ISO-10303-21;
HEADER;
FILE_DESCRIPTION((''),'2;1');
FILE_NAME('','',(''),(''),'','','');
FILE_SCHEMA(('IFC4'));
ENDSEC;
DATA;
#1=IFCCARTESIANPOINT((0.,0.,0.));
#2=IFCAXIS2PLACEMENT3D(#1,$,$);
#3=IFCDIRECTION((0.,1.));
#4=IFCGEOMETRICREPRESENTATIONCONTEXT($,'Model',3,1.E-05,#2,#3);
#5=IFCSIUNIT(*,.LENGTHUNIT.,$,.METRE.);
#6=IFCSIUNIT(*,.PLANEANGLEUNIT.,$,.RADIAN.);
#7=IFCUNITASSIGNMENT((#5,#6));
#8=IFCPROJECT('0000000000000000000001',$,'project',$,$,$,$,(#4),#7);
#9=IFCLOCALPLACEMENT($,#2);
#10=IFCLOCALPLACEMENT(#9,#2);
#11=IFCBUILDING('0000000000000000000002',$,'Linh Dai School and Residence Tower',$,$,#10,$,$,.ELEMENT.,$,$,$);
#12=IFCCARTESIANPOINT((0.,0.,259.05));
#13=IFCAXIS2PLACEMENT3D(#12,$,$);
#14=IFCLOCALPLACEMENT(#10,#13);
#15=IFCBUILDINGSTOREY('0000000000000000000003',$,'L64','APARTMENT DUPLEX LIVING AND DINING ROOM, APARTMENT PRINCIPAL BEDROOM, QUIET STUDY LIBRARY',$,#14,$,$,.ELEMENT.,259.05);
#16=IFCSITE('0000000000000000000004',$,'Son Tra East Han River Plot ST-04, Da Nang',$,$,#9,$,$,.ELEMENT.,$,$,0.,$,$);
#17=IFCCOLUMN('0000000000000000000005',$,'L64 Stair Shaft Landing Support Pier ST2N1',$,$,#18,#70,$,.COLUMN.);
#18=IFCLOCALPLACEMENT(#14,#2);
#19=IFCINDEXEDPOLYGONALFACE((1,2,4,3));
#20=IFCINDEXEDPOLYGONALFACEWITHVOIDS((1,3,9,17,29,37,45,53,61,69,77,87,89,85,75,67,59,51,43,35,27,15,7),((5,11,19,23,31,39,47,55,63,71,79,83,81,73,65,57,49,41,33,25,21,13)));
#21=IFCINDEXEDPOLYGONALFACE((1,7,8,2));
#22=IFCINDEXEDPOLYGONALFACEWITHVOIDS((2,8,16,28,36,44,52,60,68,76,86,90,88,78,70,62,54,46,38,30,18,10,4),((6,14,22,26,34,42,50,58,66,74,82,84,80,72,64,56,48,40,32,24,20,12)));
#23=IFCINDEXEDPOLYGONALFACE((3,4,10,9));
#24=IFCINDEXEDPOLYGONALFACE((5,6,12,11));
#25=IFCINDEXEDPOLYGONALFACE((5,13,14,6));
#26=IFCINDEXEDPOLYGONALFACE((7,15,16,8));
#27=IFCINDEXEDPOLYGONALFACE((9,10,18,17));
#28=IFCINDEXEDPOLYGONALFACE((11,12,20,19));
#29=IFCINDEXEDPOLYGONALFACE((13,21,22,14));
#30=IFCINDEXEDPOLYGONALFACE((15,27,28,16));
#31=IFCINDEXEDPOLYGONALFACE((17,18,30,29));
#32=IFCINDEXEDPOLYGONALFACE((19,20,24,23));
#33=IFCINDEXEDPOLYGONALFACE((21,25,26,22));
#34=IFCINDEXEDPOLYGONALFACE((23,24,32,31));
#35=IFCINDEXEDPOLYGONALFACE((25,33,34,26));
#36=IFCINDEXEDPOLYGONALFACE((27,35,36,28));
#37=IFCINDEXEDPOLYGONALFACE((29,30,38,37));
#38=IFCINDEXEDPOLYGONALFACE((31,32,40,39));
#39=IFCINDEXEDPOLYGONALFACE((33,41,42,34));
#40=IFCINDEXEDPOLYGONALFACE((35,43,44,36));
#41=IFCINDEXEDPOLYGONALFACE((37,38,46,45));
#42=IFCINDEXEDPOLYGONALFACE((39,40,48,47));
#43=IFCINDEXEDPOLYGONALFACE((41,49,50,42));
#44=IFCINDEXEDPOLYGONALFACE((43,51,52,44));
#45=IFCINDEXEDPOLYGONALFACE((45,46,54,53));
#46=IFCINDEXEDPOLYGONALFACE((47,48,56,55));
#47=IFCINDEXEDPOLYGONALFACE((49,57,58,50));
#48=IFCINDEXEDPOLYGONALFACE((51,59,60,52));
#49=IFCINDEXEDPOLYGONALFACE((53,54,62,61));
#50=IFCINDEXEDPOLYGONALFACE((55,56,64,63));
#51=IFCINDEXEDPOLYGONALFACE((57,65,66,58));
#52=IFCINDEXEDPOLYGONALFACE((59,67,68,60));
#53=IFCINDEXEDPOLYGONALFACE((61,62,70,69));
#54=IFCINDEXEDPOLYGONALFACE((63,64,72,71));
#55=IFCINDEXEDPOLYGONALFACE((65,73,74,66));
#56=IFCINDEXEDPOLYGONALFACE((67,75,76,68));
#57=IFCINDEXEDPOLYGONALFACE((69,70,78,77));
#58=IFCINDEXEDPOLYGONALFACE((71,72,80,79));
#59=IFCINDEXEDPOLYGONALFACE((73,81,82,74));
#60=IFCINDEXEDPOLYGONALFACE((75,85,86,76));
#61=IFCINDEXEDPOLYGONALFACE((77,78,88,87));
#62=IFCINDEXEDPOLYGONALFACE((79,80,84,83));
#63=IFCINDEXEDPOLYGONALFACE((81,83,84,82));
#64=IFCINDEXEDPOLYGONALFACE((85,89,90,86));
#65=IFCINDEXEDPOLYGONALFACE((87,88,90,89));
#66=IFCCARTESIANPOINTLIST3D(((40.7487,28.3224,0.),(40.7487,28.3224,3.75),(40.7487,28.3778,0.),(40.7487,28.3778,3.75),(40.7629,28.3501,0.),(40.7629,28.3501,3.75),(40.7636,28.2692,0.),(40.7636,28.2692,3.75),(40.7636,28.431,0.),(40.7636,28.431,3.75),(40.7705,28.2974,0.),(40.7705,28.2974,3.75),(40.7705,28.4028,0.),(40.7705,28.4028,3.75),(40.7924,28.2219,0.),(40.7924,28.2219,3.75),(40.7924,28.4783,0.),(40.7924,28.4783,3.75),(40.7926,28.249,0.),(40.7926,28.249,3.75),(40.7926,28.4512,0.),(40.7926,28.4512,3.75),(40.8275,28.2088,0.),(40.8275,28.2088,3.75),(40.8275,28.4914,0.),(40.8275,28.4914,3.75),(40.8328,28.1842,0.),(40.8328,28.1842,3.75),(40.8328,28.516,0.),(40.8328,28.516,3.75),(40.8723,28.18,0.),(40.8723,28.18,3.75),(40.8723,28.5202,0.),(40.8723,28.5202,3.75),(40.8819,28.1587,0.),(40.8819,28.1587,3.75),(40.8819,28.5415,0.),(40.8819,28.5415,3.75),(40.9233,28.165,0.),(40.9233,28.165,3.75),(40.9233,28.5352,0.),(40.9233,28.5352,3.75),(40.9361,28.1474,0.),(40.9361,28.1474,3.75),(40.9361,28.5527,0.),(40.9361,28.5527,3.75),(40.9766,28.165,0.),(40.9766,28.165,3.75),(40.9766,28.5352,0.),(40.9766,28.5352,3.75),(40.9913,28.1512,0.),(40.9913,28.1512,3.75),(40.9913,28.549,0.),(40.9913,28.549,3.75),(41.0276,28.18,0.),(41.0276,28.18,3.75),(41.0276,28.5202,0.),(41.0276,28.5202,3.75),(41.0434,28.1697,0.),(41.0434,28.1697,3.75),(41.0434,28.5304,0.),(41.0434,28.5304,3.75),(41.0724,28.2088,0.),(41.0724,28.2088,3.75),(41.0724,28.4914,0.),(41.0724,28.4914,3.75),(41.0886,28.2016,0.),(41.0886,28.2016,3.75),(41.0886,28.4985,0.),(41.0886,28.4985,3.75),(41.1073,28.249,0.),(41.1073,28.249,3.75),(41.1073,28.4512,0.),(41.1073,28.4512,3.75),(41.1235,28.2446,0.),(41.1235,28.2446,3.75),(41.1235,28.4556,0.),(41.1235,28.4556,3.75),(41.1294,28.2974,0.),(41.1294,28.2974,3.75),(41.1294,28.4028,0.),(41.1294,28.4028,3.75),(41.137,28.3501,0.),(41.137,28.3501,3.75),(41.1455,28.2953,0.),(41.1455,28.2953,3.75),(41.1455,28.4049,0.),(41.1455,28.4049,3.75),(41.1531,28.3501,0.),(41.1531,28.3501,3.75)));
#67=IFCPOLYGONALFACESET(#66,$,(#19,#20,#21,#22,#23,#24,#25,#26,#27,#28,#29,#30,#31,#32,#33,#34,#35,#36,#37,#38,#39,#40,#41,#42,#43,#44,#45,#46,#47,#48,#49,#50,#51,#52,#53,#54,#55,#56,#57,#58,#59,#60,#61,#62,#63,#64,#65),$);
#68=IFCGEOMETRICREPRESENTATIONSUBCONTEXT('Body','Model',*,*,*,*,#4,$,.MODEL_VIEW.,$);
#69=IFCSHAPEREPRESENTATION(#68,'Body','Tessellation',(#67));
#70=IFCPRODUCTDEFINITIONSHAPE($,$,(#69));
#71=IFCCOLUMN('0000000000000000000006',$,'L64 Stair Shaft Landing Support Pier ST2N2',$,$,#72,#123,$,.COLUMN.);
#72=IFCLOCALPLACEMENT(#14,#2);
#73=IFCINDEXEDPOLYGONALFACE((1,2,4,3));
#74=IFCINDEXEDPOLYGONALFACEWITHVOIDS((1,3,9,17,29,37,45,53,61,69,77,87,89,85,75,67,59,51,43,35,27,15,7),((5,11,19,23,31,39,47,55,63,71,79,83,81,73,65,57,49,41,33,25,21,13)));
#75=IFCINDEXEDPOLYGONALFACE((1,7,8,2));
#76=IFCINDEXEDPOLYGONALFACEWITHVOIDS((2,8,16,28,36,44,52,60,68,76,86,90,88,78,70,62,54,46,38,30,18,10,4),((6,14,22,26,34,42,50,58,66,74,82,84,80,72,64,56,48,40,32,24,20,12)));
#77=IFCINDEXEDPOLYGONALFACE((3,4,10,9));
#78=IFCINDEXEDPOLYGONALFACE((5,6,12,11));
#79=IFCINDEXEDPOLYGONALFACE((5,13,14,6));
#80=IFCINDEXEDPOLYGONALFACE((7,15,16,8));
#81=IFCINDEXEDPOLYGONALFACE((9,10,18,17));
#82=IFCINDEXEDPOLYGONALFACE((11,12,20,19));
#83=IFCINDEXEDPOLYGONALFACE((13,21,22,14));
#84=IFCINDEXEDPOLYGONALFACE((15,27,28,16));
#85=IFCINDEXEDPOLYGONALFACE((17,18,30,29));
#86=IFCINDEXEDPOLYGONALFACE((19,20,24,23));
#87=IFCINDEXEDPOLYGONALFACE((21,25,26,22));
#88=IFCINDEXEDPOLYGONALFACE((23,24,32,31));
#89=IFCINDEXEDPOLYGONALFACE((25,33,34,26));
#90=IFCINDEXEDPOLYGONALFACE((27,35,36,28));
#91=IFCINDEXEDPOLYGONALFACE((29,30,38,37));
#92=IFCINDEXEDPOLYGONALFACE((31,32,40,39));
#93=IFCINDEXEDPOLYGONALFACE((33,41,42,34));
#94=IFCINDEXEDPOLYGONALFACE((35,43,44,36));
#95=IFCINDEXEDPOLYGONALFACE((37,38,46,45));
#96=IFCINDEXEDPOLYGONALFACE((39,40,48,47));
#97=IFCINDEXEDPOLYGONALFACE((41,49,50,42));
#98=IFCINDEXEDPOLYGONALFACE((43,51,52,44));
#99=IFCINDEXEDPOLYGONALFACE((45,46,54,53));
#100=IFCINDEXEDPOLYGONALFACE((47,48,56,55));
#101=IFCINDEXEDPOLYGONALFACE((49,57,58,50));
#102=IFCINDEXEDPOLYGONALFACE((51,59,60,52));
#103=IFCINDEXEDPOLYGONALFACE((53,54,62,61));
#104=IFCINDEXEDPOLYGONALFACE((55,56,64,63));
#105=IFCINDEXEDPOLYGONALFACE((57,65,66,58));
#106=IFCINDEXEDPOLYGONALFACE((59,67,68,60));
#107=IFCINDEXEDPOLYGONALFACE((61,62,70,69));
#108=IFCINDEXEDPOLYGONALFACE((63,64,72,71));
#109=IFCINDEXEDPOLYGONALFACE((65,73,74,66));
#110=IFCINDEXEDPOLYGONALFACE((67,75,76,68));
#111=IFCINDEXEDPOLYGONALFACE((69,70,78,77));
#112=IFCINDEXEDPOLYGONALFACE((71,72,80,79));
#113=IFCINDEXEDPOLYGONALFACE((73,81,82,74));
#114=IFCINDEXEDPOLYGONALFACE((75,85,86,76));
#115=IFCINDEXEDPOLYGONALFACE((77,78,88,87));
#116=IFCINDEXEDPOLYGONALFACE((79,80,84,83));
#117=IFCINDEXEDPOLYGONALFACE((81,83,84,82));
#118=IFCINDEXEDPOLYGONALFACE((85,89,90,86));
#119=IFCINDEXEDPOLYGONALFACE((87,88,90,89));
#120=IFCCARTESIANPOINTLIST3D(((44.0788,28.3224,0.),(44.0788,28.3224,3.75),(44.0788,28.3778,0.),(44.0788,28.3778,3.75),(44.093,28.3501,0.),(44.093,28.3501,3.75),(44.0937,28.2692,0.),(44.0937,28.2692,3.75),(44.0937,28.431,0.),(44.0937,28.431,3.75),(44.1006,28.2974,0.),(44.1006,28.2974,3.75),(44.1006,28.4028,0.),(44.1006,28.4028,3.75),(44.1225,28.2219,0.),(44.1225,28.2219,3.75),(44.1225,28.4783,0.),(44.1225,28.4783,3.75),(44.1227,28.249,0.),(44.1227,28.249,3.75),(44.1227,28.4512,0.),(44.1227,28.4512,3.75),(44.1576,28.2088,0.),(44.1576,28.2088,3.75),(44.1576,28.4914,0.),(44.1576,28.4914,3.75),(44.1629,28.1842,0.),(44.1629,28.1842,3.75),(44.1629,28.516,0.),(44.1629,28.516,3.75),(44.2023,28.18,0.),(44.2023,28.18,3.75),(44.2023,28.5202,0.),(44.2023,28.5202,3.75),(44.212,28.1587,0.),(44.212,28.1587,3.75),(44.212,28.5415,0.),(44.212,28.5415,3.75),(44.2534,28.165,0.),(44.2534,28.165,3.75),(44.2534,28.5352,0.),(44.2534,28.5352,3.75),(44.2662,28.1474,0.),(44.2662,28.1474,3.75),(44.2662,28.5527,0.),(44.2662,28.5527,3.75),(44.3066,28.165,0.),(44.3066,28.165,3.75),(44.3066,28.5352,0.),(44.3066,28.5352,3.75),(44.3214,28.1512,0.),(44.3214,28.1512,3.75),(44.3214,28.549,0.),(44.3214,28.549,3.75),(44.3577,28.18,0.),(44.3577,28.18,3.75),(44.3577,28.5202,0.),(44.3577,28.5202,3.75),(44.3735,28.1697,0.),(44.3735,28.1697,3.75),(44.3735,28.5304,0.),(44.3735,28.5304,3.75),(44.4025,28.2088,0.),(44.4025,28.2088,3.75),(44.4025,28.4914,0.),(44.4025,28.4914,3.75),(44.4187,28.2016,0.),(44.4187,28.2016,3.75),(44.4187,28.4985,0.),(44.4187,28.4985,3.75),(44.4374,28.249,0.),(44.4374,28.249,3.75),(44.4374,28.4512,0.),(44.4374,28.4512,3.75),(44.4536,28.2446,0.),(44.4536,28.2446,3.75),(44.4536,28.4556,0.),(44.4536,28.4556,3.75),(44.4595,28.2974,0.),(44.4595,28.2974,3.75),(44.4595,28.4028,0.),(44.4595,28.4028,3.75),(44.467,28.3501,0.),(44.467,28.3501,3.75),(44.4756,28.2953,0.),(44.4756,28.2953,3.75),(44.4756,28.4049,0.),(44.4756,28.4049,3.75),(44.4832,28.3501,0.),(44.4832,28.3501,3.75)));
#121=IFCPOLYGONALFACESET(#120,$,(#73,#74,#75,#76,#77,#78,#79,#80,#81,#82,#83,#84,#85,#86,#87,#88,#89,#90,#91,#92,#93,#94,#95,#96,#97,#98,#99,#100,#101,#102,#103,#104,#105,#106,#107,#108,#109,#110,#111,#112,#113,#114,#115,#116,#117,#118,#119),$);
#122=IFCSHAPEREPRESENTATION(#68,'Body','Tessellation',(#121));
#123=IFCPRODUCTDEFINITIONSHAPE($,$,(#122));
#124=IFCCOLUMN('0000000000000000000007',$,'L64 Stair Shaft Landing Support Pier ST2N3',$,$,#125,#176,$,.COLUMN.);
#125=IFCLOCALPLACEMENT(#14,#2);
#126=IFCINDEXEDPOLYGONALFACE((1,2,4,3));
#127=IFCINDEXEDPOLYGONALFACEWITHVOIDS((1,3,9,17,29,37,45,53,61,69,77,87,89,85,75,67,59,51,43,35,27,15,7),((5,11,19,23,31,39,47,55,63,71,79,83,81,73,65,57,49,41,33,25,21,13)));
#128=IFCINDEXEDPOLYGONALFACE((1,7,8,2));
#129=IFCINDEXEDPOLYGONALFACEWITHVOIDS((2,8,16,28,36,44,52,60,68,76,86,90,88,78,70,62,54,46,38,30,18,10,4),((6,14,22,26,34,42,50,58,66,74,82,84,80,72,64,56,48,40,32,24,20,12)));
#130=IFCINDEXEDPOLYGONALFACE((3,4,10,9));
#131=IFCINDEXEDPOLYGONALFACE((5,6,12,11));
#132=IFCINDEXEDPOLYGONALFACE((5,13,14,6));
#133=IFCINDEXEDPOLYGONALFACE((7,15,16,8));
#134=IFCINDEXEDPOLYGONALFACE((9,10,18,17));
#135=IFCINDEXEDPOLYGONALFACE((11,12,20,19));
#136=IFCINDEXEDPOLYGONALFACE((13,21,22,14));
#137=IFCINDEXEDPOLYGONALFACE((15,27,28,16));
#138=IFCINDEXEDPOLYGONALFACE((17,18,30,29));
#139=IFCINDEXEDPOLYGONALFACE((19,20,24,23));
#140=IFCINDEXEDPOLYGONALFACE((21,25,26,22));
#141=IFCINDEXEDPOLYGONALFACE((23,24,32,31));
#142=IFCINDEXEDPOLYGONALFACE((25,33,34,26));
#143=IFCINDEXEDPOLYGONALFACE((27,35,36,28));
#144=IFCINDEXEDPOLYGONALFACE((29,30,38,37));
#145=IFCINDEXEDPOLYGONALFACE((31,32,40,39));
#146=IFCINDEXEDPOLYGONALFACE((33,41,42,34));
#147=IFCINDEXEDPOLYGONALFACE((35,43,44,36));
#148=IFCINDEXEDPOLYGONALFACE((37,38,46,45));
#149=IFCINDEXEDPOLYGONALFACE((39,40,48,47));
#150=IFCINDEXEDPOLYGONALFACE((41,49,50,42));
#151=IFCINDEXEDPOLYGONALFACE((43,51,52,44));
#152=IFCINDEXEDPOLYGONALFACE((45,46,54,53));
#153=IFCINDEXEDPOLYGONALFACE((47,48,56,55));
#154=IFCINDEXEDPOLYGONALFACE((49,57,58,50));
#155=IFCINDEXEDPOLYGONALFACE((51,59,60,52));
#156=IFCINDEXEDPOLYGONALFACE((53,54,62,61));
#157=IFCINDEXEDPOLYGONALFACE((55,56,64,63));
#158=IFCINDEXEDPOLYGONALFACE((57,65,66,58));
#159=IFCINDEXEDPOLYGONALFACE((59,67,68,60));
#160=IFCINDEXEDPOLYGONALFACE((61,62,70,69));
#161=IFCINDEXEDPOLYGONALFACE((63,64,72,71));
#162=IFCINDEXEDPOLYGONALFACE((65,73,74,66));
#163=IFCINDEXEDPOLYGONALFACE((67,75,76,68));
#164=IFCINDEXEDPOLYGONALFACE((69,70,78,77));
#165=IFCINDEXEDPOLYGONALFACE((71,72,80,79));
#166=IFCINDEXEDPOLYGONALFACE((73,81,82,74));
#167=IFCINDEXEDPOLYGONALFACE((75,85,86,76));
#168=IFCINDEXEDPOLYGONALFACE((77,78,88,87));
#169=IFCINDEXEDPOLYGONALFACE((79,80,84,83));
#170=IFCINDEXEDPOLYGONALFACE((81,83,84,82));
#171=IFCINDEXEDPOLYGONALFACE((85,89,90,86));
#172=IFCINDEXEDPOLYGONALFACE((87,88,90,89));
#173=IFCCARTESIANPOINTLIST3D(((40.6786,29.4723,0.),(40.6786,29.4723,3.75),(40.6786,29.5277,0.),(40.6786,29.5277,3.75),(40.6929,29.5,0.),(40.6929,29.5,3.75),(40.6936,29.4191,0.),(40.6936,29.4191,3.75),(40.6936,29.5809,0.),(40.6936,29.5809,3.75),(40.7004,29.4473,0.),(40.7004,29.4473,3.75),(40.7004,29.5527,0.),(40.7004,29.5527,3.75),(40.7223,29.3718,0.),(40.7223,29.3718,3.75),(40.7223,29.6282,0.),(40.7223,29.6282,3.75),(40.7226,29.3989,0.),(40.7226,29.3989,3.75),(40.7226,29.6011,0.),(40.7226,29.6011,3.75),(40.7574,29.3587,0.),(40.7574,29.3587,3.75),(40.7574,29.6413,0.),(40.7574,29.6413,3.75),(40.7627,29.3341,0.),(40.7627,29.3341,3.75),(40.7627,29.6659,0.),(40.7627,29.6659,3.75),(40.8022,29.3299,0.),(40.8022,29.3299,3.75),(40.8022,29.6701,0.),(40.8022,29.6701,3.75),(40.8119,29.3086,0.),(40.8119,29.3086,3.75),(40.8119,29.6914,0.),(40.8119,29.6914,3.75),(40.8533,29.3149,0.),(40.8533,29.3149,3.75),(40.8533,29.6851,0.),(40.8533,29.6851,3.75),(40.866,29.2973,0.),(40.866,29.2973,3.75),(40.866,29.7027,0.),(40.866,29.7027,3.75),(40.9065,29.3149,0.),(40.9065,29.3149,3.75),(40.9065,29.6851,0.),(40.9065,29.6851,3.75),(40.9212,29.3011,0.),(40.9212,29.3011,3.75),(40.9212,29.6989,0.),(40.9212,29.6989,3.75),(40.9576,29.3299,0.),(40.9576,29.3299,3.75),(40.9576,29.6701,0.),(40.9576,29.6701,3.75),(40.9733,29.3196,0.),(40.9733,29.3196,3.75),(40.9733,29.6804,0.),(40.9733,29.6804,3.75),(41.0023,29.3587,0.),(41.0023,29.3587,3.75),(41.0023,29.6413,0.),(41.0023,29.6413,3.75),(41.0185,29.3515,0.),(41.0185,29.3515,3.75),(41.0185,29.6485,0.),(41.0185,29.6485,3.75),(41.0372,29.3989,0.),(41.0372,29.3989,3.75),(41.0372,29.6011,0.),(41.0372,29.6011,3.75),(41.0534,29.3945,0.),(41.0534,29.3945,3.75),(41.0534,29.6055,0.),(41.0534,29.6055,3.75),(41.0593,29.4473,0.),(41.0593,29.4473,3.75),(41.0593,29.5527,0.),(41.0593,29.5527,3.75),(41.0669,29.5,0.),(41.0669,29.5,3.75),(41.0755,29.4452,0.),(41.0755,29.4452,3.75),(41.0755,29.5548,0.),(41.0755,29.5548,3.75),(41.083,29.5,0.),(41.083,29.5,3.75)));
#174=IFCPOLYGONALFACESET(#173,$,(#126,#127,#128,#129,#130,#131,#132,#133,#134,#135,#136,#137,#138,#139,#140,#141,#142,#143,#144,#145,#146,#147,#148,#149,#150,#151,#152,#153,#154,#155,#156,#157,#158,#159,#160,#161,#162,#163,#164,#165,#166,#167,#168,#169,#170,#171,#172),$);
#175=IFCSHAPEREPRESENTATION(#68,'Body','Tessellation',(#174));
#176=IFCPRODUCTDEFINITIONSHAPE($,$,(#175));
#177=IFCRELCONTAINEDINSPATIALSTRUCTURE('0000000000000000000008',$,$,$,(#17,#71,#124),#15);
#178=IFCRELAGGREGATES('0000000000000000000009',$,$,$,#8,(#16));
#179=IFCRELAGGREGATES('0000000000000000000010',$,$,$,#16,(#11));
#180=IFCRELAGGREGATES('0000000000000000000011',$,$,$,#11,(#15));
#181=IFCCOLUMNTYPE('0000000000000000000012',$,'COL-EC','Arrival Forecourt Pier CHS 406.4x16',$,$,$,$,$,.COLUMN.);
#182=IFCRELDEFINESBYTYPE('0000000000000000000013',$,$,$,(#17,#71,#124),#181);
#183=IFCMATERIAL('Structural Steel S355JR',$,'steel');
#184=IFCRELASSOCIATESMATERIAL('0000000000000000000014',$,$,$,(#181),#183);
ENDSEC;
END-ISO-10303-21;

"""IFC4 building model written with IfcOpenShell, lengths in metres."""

from ifc_helpers import new_model, si_unit, direction, frame, origin, origin_2d, place, context, subcontext, project, spatial, hollow_circle, extrude, material, material_profile, profile_set, type_object, element, save


model = new_model("IFC4")

# Units and contexts
model_context = context("Model", 3, precision=1e-05, world=origin(), true_north=direction((0.0, 1.0)))
body_context = subcontext(model_context, "Body", "Model", "MODEL_VIEW")
ifc_project = project(units=[si_unit("LENGTHUNIT", "METRE"), si_unit("PLANEANGLEUNIT", "RADIAN")], contexts=[model_context])

# Site, building, storey
site_placement = place(None, origin())
site = spatial("IfcSite", under=ifc_project, at=site_placement, Name="Son Tra East Han River Plot ST-04, Da Nang", CompositionType="ELEMENT", RefElevation=0.0)
building_placement = place(site_placement, origin())
building = spatial("IfcBuilding", under=site, at=building_placement, Name="Linh Dai School and Residence Tower", CompositionType="ELEMENT")
storey_placement = place(building_placement, frame((0.0, 0.0, 259.05)))
storey = spatial("IfcBuildingStorey", under=building, at=storey_placement, Name="L64", Description="APARTMENT DUPLEX LIVING AND DINING ROOM, APARTMENT PRINCIPAL BEDROOM, QUIET STUDY LIBRARY", CompositionType="ELEMENT", Elevation=259.05)

# Columns
ifc_material_1 = material(Name="Structural Steel S355JR", Category="steel")
ifc_material_profile_1 = material_profile(ifc_material_1, hollow_circle(Radius=0.2031, WallThickness=0.0161, at=origin_2d()), Name="CHS 406.4x16")
ifc_profile_set_1 = profile_set([ifc_material_profile_1], Name="Structural Steel S355JR")
column_type_1 = type_object("IfcColumnType", Name="COL-EC", Description="Arrival Forecourt Pier CHS 406.4x16", PredefinedType="COLUMN", material=ifc_profile_set_1)
for number, where, z_axis, x_axis, name in (
    (1, (40.95, 28.3501, 0.0), (0.0, 0.0, 1.0), (1.0, 0.0, 0.0), "L64 Stair Shaft Landing Support Pier ST2N1"),
    (2, (44.28, 28.3501, 0.0), (0.0, 0.0, 1.0), (1.0, 0.0, 0.0), "L64 Stair Shaft Landing Support Pier ST2N2"),
    (3, (40.8799, 29.5, 0.0), (0.0, 0.0, 1.0), (1.0, 0.0, 0.0), "L64 Stair Shaft Landing Support Pier ST2N3"),
):
    element("IfcColumn", number, at=place(storey_placement, frame(where, z_axis=z_axis, x_axis=x_axis)), inside=storey, type_object=column_type_1, Name=name, PredefinedType="COLUMN", context=body_context, shape_type="SweptSolid", body=[
        extrude(hollow_circle(Radius=0.2031, WallThickness=0.0161, at=origin_2d()), origin(), (0.0, 0.0, 1.0), 3.75),
    ])

save(model, "model.ifc")
